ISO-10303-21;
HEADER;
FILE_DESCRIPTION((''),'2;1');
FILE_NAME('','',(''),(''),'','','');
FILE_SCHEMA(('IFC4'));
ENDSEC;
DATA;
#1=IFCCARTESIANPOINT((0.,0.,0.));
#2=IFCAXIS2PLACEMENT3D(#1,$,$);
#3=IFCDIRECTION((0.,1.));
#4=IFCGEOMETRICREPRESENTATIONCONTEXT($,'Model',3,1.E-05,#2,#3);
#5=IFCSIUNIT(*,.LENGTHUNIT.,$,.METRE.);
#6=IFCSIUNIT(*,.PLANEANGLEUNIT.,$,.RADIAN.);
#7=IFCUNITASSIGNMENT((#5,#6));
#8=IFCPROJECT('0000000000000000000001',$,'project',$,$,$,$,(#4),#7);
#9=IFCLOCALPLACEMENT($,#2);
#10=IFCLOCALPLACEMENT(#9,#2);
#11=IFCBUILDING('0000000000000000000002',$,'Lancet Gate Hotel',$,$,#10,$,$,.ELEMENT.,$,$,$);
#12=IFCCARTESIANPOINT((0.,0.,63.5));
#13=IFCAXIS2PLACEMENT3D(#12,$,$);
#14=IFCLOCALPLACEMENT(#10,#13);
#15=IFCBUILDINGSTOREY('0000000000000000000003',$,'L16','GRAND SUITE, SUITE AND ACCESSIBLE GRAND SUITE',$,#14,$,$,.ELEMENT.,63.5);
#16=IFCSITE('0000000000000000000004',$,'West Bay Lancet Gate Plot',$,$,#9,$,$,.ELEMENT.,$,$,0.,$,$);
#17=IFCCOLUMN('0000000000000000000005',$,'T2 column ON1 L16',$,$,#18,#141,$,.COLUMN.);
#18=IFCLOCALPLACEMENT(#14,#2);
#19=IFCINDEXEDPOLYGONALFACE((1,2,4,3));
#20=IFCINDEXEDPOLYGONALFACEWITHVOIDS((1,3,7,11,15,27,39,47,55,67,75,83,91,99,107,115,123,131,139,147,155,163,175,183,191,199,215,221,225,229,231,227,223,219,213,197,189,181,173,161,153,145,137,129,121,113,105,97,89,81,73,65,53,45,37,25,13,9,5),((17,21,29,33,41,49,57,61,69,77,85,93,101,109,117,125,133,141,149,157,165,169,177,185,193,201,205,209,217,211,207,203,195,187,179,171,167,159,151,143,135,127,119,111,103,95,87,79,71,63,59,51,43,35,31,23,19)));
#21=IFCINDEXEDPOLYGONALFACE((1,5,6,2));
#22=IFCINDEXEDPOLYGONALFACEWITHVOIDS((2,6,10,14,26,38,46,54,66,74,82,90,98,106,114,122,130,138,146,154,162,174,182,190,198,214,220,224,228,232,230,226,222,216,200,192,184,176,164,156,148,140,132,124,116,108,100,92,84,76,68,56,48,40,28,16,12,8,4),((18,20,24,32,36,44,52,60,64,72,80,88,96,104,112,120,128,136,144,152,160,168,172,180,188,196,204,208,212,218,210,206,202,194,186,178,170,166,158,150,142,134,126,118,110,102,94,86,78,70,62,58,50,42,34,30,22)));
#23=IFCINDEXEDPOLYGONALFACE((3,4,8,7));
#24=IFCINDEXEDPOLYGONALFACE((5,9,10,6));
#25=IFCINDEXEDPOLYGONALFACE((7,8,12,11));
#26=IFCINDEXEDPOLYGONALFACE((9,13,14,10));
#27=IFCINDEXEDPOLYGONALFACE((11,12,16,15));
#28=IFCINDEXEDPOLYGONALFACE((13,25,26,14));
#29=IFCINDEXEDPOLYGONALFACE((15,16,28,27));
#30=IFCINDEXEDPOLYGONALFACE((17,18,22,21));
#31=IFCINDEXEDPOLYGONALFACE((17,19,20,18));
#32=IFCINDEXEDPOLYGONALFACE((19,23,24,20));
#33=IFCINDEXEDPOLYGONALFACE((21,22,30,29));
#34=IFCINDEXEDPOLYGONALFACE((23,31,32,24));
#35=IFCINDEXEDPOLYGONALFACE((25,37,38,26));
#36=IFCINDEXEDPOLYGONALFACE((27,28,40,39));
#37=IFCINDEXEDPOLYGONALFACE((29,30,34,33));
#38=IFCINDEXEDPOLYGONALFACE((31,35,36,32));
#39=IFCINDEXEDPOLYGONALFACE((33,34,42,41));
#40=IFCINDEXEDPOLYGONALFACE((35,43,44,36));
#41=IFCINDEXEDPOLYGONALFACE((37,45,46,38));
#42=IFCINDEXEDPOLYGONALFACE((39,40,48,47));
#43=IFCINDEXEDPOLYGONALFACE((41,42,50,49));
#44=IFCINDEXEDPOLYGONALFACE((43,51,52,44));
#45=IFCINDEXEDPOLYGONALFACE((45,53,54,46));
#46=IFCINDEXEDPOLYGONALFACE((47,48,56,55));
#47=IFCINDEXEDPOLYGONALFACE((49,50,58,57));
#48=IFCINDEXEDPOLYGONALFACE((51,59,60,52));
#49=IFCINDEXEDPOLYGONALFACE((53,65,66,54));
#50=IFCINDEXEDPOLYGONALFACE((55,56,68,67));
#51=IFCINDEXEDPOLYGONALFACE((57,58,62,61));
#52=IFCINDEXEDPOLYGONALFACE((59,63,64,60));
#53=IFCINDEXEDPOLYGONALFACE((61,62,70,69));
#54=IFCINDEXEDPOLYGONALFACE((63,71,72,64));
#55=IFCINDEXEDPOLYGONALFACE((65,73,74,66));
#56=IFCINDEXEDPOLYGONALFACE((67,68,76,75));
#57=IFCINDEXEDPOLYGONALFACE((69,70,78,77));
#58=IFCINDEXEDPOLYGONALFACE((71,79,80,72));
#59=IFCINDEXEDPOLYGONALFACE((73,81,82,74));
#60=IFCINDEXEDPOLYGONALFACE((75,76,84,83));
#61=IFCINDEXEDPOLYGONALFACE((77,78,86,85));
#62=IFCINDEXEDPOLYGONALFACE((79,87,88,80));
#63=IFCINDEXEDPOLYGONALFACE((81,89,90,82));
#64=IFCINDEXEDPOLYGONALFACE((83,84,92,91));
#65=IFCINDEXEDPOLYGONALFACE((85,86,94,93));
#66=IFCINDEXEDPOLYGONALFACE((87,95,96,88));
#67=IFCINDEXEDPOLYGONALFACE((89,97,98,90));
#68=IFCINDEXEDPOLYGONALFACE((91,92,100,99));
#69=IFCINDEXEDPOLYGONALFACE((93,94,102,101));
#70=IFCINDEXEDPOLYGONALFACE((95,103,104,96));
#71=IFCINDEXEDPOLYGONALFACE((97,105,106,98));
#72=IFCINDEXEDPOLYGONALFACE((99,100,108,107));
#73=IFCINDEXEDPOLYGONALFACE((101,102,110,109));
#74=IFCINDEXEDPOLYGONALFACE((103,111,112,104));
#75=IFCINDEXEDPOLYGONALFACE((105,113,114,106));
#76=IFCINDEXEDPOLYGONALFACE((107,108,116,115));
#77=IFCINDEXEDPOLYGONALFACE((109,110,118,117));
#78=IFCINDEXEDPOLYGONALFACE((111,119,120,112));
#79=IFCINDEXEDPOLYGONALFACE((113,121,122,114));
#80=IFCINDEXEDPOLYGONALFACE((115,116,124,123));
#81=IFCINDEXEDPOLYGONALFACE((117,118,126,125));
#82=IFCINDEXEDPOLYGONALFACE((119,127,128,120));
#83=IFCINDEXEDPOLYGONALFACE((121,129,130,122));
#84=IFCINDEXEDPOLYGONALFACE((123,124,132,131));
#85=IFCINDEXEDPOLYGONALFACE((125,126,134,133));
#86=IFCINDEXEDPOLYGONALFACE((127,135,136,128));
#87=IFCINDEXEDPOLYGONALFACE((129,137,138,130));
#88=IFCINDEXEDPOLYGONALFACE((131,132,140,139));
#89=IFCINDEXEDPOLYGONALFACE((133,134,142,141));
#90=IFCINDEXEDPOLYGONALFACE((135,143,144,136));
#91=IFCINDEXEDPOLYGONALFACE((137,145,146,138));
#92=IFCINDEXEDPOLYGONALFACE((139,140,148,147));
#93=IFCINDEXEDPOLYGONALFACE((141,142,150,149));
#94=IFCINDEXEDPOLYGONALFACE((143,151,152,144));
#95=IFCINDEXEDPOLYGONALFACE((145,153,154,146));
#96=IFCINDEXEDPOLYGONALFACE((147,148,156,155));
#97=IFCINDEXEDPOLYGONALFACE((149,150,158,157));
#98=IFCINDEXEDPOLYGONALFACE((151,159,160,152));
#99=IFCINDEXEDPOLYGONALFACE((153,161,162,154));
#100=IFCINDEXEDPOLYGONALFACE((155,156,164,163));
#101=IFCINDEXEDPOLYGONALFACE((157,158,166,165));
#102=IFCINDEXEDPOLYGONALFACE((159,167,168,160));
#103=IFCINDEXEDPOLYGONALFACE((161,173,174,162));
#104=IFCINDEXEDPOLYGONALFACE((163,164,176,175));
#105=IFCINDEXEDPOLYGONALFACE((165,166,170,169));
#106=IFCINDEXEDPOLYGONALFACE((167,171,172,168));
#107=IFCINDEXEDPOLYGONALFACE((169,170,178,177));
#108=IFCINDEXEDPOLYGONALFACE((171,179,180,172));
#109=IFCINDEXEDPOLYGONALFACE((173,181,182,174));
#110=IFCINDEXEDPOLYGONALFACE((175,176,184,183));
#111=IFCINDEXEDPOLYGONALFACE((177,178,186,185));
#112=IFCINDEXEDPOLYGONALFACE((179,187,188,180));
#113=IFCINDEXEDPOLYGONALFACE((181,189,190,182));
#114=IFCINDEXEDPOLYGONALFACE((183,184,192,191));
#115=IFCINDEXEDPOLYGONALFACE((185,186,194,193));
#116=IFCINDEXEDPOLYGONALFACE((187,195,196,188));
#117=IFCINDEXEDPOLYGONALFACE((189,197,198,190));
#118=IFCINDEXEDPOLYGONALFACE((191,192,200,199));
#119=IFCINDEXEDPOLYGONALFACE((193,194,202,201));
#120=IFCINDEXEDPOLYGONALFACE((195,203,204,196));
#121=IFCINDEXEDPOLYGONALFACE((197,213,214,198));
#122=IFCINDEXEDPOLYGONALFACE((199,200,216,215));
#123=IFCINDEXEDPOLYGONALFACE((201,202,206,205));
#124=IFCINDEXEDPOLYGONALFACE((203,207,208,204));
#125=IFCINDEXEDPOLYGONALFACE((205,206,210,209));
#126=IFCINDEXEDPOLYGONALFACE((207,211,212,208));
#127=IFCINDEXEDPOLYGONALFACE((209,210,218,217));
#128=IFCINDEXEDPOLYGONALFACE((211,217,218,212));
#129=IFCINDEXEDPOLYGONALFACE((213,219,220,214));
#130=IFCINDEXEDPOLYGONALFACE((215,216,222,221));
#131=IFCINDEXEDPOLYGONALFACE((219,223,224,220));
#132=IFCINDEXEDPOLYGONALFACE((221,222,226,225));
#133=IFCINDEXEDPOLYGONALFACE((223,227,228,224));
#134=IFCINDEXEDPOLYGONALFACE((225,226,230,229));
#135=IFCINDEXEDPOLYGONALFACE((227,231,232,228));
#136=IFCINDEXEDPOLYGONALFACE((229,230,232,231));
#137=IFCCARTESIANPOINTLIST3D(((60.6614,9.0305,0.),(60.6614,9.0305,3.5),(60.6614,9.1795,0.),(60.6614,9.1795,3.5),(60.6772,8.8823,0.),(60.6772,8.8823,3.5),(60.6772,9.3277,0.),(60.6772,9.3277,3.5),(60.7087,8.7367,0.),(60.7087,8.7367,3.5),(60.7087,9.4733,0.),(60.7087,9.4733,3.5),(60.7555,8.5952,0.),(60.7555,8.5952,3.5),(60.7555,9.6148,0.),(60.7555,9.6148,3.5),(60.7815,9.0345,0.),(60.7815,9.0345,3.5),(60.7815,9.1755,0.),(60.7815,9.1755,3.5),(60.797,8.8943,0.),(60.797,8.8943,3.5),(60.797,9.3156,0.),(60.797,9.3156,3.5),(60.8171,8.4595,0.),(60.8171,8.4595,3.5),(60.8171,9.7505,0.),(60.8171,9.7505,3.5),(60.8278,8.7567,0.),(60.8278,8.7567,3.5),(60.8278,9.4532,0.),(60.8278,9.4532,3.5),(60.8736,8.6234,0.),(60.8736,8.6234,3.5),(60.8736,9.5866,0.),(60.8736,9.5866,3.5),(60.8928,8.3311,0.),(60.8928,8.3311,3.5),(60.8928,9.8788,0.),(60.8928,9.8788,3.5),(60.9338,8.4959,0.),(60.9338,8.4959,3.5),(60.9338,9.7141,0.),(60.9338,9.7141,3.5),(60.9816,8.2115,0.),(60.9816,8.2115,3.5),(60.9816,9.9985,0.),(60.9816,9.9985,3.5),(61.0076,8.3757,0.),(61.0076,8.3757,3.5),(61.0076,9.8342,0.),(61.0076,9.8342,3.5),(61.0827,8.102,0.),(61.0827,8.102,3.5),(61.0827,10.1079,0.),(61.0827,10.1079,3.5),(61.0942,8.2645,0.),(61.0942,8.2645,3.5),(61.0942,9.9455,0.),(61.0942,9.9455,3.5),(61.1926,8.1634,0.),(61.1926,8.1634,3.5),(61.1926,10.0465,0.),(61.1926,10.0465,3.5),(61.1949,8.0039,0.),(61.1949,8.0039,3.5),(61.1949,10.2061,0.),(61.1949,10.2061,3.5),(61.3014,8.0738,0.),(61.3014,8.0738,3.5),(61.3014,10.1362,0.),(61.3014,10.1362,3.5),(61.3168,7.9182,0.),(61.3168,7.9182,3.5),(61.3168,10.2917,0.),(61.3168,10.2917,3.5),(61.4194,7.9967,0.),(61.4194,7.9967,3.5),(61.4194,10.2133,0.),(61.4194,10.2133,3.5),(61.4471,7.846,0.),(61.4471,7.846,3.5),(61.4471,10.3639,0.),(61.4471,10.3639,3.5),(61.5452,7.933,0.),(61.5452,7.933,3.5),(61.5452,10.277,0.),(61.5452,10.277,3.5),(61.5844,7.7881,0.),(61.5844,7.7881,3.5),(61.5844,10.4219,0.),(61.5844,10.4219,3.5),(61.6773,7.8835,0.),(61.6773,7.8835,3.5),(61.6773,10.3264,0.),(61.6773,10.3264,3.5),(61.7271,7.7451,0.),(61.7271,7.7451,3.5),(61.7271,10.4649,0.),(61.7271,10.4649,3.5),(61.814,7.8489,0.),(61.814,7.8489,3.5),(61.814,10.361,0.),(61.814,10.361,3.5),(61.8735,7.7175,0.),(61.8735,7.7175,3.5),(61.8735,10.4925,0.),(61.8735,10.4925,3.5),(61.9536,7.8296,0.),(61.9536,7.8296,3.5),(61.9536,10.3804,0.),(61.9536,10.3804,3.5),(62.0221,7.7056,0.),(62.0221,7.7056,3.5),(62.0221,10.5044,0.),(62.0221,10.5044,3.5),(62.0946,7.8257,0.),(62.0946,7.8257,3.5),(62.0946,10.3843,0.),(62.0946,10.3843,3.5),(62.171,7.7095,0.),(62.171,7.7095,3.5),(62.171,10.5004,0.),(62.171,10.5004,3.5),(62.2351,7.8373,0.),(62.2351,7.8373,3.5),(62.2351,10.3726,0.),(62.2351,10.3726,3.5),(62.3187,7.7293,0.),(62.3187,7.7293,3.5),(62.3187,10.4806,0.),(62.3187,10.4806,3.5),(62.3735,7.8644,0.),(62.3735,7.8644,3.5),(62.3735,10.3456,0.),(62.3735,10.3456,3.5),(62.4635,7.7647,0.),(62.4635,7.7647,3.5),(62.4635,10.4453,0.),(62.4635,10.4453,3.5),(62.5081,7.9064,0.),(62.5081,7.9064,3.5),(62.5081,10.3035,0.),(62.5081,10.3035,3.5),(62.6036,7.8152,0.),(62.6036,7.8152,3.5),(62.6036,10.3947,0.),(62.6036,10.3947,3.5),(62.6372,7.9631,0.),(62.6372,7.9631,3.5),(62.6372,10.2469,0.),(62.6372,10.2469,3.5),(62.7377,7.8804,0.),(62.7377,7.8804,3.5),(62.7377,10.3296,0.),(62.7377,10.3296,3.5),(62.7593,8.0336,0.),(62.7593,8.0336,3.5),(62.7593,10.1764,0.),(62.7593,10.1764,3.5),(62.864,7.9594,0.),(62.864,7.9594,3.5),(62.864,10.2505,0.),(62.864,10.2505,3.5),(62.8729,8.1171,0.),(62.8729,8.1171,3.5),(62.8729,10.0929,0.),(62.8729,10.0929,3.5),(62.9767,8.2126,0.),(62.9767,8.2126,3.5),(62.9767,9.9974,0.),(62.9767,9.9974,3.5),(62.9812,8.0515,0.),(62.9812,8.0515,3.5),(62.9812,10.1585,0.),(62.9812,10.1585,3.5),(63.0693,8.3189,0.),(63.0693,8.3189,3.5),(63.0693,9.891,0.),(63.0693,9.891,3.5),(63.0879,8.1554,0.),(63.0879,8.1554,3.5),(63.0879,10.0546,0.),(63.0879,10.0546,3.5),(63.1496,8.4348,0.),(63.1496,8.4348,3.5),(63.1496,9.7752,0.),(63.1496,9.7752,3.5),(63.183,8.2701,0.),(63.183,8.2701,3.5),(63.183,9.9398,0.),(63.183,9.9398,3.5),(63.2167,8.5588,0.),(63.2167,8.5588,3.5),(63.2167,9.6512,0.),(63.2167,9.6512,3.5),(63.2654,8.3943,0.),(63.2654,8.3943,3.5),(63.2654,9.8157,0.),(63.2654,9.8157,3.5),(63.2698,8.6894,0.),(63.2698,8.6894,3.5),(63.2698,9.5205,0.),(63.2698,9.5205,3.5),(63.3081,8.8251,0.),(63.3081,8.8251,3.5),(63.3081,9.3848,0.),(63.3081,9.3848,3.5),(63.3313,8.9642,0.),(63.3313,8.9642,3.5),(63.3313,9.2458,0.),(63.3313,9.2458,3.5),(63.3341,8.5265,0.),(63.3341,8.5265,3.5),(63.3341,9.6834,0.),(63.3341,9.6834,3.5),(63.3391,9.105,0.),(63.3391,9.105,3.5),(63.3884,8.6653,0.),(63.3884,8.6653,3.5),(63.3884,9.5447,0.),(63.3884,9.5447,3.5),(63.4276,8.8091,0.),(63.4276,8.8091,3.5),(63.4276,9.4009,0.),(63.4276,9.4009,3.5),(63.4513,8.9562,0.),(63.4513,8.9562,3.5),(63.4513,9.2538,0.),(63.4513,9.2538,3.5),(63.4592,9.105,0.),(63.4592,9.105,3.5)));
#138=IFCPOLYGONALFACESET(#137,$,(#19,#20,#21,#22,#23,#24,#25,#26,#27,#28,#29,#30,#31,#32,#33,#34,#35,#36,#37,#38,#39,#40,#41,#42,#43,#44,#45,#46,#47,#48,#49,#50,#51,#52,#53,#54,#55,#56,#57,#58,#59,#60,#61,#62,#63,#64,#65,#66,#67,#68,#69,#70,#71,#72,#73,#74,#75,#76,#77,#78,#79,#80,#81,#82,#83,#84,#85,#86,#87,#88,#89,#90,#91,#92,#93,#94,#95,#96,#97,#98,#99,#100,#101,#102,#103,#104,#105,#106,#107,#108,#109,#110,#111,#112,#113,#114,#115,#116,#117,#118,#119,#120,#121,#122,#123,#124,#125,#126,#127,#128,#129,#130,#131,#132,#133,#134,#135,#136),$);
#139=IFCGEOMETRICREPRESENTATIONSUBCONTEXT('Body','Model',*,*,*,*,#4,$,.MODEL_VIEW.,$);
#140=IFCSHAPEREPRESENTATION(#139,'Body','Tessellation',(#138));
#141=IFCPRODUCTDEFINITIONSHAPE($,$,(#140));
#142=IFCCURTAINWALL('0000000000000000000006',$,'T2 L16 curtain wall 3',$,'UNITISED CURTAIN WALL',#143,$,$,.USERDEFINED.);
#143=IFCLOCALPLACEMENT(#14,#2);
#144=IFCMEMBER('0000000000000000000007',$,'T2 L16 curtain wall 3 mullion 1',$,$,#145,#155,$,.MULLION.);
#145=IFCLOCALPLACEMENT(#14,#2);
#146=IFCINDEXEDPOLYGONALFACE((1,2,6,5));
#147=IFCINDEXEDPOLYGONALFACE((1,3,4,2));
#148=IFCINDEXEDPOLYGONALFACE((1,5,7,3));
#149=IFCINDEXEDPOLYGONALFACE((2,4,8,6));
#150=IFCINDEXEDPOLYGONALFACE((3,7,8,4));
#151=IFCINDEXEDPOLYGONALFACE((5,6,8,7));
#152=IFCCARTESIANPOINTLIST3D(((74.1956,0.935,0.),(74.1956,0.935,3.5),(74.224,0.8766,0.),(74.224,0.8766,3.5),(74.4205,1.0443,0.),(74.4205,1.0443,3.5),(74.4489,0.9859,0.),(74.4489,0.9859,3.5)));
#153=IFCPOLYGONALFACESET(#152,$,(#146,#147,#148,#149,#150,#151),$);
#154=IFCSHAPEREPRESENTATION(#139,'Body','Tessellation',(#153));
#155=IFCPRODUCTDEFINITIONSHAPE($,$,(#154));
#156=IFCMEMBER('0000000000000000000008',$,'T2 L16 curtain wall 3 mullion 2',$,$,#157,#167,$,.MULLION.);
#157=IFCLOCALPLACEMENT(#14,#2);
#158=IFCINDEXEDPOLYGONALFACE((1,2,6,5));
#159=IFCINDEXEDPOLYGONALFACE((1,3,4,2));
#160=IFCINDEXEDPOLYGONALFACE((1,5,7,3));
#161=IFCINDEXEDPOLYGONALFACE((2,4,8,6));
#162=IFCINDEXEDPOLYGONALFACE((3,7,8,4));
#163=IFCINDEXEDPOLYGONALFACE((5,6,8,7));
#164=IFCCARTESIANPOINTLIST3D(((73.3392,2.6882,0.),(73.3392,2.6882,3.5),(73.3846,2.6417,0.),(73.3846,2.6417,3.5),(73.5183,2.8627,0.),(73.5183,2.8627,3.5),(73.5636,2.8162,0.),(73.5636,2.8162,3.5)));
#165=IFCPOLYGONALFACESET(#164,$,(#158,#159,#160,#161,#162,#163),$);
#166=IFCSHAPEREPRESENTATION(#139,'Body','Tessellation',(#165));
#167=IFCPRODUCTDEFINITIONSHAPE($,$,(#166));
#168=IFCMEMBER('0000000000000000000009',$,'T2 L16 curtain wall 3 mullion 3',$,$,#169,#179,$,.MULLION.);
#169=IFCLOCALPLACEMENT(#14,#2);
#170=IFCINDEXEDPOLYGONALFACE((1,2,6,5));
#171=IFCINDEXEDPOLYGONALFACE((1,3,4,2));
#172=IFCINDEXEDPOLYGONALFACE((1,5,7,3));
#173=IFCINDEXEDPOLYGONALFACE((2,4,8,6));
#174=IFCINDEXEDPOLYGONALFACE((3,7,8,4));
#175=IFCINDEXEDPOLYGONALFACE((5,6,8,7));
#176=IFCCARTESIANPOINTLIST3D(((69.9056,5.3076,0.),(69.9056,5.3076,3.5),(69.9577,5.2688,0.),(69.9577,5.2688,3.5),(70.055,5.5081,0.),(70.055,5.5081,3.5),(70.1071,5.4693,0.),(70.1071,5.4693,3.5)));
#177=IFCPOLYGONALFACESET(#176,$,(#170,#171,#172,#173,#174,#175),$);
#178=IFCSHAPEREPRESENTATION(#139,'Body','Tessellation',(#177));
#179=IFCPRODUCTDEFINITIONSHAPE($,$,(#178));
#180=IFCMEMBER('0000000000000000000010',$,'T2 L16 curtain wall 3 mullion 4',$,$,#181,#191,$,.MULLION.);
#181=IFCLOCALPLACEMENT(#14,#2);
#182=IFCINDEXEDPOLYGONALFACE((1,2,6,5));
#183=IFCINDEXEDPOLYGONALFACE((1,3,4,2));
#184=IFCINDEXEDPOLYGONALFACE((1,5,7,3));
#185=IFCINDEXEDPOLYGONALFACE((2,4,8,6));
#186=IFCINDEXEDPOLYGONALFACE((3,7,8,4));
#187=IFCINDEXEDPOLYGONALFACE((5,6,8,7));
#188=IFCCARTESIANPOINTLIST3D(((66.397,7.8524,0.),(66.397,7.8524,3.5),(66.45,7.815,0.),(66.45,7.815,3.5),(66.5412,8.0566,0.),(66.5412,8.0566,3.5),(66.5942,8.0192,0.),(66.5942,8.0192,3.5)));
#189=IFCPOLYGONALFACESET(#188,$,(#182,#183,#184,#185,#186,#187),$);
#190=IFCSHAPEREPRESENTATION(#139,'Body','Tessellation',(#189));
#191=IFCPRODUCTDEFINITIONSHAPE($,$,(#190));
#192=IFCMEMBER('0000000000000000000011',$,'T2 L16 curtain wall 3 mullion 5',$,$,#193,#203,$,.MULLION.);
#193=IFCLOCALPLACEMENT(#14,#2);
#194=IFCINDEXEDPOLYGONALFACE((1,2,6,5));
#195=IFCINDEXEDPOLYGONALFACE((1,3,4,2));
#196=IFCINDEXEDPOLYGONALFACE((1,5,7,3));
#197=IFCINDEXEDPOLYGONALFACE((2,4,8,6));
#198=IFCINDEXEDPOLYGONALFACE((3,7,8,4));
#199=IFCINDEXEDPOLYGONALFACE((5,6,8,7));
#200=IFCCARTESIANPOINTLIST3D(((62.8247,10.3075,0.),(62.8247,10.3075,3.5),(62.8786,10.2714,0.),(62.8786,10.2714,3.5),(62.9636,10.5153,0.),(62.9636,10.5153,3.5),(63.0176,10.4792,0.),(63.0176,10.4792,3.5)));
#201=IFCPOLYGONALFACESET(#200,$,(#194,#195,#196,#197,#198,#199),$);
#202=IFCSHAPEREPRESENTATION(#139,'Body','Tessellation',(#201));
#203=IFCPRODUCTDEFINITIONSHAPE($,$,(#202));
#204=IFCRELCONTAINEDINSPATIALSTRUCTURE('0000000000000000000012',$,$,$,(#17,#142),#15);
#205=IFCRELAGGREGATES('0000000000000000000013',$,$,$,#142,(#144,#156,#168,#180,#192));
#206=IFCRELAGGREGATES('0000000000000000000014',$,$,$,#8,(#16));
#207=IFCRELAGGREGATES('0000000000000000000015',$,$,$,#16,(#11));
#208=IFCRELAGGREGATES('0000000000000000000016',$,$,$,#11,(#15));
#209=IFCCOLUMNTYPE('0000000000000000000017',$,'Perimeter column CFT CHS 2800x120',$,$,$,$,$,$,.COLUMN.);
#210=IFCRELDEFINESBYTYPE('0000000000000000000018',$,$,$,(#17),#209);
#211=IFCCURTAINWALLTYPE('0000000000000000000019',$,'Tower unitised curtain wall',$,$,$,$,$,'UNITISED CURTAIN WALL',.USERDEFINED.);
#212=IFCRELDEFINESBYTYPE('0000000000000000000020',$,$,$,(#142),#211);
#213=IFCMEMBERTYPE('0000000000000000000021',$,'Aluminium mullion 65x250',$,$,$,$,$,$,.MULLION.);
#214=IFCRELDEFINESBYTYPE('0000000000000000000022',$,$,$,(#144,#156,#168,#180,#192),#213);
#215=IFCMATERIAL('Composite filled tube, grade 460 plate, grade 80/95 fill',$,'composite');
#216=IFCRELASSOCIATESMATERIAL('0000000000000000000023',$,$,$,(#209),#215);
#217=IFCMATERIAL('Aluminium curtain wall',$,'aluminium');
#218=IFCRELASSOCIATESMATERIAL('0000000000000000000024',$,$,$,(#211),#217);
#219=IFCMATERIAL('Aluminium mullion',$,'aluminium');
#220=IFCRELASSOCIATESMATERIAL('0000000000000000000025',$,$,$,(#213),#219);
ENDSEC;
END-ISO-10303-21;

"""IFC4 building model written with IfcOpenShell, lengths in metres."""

from ifc_helpers import new_model, si_unit, direction, frame, origin, origin_2d, place, context, subcontext, project, spatial, rectangle, hollow_circle, extrude, material, material_profile, profile_set, type_object, element, aggregate, save


model = new_model("IFC4")

# Units and contexts
model_context = context("Model", 3, precision=1e-05, world=origin(), true_north=direction((0.0, 1.0)))
body_context = subcontext(model_context, "Body", "Model", "MODEL_VIEW")
ifc_project = project(units=[si_unit("LENGTHUNIT", "METRE"), si_unit("PLANEANGLEUNIT", "RADIAN")], contexts=[model_context])

# Site, building, storey
site_placement = place(None, origin())
site = spatial("IfcSite", under=ifc_project, at=site_placement, Name="West Bay Lancet Gate Plot", CompositionType="ELEMENT", RefElevation=0.0)
building_placement = place(site_placement, origin())
building = spatial("IfcBuilding", under=site, at=building_placement, Name="Lancet Gate Hotel", CompositionType="ELEMENT")
storey_placement = place(building_placement, frame((0.0, 0.0, 63.5)))
storey = spatial("IfcBuildingStorey", under=building, at=storey_placement, Name="L16", Description="GRAND SUITE, SUITE AND ACCESSIBLE GRAND SUITE", CompositionType="ELEMENT", Elevation=63.5)

# Column
ifc_material_1 = material(Name="Composite filled tube, grade 460 plate, grade 80/95 fill", Category="composite")
ifc_material_profile_1 = material_profile(ifc_material_1, hollow_circle(Radius=1.3999, WallThickness=0.1201, at=origin_2d()), Name="CHS 2800x120")
ifc_profile_set_1 = profile_set([ifc_material_profile_1], Name="Composite filled tube, grade 460 plate, grade 80/95 fill")
column_type_1 = type_object("IfcColumnType", Name="Perimeter column CFT CHS 2800x120", PredefinedType="COLUMN", material=ifc_profile_set_1)
column_1_placement = place(storey_placement, frame((62.0593, 9.105, 0.0), z_axis=(0.0, 0.0, 1.0), x_axis=(1.0, 0.0, 0.0)))
element("IfcColumn", 1, at=column_1_placement, inside=storey, type_object=column_type_1, Name="T2 column ON1 L16", PredefinedType="COLUMN", context=body_context, shape_type="SweptSolid", body=[
    extrude(hollow_circle(Radius=1.3999, WallThickness=0.1201, at=origin_2d()), origin(), (0.0, 0.0, 1.0), 3.5),
])

# Curtain wall, members
ifc_material_2 = material(Name="Aluminium curtain wall", Category="aluminium")
curtain_wall_type = type_object("IfcCurtainWallType", Name="Tower unitised curtain wall", ElementType="UNITISED CURTAIN WALL", PredefinedType="USERDEFINED", material=ifc_material_2)
curtain_wall_placement = place(storey_placement, origin())
curtain_wall = element("IfcCurtainWall", 2, at=curtain_wall_placement, inside=storey, type_object=curtain_wall_type, Name="T2 L16 curtain wall 3", ObjectType="UNITISED CURTAIN WALL", PredefinedType="USERDEFINED")
ifc_material_3 = material(Name="Aluminium mullion", Category="aluminium")
ifc_material_profile_2 = material_profile(ifc_material_3, rectangle(XDim=0.0649, YDim=0.25, at=origin_2d()), Name="MULLION 65x250")
ifc_profile_set_2 = profile_set([ifc_material_profile_2], Name="Aluminium mullion")
member_type_1 = type_object("IfcMemberType", Name="Aluminium mullion 65x250", PredefinedType="MULLION", material=ifc_profile_set_2)
member_1_placement = place(storey_placement, frame((74.3223, 0.9604, 0.0), z_axis=(0.0, 0.0, 1.0), x_axis=(-0.437169, 0.899379, 0.0)))
member_1 = element("IfcMember", 3, at=member_1_placement, type_object=member_type_1, Name="T2 L16 curtain wall 3 mullion 1", PredefinedType="MULLION", context=body_context, shape_type="SweptSolid", body=[
    extrude(rectangle(XDim=0.0649, YDim=0.25, at=origin_2d()), origin(), (0.0, 0.0, 1.0), 3.5),
])
member_2_placement = place(storey_placement, frame((73.4514, 2.7522, 0.0), z_axis=(0.0, 0.0, 1.0), x_axis=(-0.697983, 0.716114, 0.0)))
member_2 = element("IfcMember", 4, at=member_2_placement, type_object=member_type_1, Name="T2 L16 curtain wall 3 mullion 2", PredefinedType="MULLION", context=body_context, shape_type="SweptSolid", body=[
    extrude(rectangle(XDim=0.0649, YDim=0.25, at=origin_2d()), origin(), (0.0, 0.0, 1.0), 3.5),
])
member_3_placement = place(storey_placement, frame((70.0063, 5.3884, 0.0), z_axis=(0.0, 0.0, 1.0), x_axis=(-0.80183, 0.597552, 0.0)))
member_3 = element("IfcMember", 5, at=member_3_placement, type_object=member_type_1, Name="T2 L16 curtain wall 3 mullion 3", PredefinedType="MULLION", context=body_context, shape_type="SweptSolid", body=[
    extrude(rectangle(XDim=0.0649, YDim=0.25, at=origin_2d()), origin(), (0.0, 0.0, 1.0), 3.5),
])
member_4_placement = place(storey_placement, frame((66.4956, 7.9358, 0.0), z_axis=(0.0, 0.0, 1.0), x_axis=(-0.816779, 0.576951, 0.0)))
member_4 = element("IfcMember", 6, at=member_4_placement, type_object=member_type_1, Name="T2 L16 curtain wall 3 mullion 4", PredefinedType="MULLION", context=body_context, shape_type="SweptSolid", body=[
    extrude(rectangle(XDim=0.0649, YDim=0.25, at=origin_2d()), origin(), (0.0, 0.0, 1.0), 3.5),
])
member_5_placement = place(storey_placement, frame((62.9211, 10.3933, 0.0), z_axis=(0.0, 0.0, 1.0), x_axis=(-0.831198, 0.555976, 0.0)))
member_5 = element("IfcMember", 7, at=member_5_placement, type_object=member_type_1, Name="T2 L16 curtain wall 3 mullion 5", PredefinedType="MULLION", context=body_context, shape_type="SweptSolid", body=[
    extrude(rectangle(XDim=0.0649, YDim=0.25, at=origin_2d()), origin(), (0.0, 0.0, 1.0), 3.5),
])

aggregate(curtain_wall, [member_1, member_2, member_3, member_4, member_5])

save(model, "model.ifc")
